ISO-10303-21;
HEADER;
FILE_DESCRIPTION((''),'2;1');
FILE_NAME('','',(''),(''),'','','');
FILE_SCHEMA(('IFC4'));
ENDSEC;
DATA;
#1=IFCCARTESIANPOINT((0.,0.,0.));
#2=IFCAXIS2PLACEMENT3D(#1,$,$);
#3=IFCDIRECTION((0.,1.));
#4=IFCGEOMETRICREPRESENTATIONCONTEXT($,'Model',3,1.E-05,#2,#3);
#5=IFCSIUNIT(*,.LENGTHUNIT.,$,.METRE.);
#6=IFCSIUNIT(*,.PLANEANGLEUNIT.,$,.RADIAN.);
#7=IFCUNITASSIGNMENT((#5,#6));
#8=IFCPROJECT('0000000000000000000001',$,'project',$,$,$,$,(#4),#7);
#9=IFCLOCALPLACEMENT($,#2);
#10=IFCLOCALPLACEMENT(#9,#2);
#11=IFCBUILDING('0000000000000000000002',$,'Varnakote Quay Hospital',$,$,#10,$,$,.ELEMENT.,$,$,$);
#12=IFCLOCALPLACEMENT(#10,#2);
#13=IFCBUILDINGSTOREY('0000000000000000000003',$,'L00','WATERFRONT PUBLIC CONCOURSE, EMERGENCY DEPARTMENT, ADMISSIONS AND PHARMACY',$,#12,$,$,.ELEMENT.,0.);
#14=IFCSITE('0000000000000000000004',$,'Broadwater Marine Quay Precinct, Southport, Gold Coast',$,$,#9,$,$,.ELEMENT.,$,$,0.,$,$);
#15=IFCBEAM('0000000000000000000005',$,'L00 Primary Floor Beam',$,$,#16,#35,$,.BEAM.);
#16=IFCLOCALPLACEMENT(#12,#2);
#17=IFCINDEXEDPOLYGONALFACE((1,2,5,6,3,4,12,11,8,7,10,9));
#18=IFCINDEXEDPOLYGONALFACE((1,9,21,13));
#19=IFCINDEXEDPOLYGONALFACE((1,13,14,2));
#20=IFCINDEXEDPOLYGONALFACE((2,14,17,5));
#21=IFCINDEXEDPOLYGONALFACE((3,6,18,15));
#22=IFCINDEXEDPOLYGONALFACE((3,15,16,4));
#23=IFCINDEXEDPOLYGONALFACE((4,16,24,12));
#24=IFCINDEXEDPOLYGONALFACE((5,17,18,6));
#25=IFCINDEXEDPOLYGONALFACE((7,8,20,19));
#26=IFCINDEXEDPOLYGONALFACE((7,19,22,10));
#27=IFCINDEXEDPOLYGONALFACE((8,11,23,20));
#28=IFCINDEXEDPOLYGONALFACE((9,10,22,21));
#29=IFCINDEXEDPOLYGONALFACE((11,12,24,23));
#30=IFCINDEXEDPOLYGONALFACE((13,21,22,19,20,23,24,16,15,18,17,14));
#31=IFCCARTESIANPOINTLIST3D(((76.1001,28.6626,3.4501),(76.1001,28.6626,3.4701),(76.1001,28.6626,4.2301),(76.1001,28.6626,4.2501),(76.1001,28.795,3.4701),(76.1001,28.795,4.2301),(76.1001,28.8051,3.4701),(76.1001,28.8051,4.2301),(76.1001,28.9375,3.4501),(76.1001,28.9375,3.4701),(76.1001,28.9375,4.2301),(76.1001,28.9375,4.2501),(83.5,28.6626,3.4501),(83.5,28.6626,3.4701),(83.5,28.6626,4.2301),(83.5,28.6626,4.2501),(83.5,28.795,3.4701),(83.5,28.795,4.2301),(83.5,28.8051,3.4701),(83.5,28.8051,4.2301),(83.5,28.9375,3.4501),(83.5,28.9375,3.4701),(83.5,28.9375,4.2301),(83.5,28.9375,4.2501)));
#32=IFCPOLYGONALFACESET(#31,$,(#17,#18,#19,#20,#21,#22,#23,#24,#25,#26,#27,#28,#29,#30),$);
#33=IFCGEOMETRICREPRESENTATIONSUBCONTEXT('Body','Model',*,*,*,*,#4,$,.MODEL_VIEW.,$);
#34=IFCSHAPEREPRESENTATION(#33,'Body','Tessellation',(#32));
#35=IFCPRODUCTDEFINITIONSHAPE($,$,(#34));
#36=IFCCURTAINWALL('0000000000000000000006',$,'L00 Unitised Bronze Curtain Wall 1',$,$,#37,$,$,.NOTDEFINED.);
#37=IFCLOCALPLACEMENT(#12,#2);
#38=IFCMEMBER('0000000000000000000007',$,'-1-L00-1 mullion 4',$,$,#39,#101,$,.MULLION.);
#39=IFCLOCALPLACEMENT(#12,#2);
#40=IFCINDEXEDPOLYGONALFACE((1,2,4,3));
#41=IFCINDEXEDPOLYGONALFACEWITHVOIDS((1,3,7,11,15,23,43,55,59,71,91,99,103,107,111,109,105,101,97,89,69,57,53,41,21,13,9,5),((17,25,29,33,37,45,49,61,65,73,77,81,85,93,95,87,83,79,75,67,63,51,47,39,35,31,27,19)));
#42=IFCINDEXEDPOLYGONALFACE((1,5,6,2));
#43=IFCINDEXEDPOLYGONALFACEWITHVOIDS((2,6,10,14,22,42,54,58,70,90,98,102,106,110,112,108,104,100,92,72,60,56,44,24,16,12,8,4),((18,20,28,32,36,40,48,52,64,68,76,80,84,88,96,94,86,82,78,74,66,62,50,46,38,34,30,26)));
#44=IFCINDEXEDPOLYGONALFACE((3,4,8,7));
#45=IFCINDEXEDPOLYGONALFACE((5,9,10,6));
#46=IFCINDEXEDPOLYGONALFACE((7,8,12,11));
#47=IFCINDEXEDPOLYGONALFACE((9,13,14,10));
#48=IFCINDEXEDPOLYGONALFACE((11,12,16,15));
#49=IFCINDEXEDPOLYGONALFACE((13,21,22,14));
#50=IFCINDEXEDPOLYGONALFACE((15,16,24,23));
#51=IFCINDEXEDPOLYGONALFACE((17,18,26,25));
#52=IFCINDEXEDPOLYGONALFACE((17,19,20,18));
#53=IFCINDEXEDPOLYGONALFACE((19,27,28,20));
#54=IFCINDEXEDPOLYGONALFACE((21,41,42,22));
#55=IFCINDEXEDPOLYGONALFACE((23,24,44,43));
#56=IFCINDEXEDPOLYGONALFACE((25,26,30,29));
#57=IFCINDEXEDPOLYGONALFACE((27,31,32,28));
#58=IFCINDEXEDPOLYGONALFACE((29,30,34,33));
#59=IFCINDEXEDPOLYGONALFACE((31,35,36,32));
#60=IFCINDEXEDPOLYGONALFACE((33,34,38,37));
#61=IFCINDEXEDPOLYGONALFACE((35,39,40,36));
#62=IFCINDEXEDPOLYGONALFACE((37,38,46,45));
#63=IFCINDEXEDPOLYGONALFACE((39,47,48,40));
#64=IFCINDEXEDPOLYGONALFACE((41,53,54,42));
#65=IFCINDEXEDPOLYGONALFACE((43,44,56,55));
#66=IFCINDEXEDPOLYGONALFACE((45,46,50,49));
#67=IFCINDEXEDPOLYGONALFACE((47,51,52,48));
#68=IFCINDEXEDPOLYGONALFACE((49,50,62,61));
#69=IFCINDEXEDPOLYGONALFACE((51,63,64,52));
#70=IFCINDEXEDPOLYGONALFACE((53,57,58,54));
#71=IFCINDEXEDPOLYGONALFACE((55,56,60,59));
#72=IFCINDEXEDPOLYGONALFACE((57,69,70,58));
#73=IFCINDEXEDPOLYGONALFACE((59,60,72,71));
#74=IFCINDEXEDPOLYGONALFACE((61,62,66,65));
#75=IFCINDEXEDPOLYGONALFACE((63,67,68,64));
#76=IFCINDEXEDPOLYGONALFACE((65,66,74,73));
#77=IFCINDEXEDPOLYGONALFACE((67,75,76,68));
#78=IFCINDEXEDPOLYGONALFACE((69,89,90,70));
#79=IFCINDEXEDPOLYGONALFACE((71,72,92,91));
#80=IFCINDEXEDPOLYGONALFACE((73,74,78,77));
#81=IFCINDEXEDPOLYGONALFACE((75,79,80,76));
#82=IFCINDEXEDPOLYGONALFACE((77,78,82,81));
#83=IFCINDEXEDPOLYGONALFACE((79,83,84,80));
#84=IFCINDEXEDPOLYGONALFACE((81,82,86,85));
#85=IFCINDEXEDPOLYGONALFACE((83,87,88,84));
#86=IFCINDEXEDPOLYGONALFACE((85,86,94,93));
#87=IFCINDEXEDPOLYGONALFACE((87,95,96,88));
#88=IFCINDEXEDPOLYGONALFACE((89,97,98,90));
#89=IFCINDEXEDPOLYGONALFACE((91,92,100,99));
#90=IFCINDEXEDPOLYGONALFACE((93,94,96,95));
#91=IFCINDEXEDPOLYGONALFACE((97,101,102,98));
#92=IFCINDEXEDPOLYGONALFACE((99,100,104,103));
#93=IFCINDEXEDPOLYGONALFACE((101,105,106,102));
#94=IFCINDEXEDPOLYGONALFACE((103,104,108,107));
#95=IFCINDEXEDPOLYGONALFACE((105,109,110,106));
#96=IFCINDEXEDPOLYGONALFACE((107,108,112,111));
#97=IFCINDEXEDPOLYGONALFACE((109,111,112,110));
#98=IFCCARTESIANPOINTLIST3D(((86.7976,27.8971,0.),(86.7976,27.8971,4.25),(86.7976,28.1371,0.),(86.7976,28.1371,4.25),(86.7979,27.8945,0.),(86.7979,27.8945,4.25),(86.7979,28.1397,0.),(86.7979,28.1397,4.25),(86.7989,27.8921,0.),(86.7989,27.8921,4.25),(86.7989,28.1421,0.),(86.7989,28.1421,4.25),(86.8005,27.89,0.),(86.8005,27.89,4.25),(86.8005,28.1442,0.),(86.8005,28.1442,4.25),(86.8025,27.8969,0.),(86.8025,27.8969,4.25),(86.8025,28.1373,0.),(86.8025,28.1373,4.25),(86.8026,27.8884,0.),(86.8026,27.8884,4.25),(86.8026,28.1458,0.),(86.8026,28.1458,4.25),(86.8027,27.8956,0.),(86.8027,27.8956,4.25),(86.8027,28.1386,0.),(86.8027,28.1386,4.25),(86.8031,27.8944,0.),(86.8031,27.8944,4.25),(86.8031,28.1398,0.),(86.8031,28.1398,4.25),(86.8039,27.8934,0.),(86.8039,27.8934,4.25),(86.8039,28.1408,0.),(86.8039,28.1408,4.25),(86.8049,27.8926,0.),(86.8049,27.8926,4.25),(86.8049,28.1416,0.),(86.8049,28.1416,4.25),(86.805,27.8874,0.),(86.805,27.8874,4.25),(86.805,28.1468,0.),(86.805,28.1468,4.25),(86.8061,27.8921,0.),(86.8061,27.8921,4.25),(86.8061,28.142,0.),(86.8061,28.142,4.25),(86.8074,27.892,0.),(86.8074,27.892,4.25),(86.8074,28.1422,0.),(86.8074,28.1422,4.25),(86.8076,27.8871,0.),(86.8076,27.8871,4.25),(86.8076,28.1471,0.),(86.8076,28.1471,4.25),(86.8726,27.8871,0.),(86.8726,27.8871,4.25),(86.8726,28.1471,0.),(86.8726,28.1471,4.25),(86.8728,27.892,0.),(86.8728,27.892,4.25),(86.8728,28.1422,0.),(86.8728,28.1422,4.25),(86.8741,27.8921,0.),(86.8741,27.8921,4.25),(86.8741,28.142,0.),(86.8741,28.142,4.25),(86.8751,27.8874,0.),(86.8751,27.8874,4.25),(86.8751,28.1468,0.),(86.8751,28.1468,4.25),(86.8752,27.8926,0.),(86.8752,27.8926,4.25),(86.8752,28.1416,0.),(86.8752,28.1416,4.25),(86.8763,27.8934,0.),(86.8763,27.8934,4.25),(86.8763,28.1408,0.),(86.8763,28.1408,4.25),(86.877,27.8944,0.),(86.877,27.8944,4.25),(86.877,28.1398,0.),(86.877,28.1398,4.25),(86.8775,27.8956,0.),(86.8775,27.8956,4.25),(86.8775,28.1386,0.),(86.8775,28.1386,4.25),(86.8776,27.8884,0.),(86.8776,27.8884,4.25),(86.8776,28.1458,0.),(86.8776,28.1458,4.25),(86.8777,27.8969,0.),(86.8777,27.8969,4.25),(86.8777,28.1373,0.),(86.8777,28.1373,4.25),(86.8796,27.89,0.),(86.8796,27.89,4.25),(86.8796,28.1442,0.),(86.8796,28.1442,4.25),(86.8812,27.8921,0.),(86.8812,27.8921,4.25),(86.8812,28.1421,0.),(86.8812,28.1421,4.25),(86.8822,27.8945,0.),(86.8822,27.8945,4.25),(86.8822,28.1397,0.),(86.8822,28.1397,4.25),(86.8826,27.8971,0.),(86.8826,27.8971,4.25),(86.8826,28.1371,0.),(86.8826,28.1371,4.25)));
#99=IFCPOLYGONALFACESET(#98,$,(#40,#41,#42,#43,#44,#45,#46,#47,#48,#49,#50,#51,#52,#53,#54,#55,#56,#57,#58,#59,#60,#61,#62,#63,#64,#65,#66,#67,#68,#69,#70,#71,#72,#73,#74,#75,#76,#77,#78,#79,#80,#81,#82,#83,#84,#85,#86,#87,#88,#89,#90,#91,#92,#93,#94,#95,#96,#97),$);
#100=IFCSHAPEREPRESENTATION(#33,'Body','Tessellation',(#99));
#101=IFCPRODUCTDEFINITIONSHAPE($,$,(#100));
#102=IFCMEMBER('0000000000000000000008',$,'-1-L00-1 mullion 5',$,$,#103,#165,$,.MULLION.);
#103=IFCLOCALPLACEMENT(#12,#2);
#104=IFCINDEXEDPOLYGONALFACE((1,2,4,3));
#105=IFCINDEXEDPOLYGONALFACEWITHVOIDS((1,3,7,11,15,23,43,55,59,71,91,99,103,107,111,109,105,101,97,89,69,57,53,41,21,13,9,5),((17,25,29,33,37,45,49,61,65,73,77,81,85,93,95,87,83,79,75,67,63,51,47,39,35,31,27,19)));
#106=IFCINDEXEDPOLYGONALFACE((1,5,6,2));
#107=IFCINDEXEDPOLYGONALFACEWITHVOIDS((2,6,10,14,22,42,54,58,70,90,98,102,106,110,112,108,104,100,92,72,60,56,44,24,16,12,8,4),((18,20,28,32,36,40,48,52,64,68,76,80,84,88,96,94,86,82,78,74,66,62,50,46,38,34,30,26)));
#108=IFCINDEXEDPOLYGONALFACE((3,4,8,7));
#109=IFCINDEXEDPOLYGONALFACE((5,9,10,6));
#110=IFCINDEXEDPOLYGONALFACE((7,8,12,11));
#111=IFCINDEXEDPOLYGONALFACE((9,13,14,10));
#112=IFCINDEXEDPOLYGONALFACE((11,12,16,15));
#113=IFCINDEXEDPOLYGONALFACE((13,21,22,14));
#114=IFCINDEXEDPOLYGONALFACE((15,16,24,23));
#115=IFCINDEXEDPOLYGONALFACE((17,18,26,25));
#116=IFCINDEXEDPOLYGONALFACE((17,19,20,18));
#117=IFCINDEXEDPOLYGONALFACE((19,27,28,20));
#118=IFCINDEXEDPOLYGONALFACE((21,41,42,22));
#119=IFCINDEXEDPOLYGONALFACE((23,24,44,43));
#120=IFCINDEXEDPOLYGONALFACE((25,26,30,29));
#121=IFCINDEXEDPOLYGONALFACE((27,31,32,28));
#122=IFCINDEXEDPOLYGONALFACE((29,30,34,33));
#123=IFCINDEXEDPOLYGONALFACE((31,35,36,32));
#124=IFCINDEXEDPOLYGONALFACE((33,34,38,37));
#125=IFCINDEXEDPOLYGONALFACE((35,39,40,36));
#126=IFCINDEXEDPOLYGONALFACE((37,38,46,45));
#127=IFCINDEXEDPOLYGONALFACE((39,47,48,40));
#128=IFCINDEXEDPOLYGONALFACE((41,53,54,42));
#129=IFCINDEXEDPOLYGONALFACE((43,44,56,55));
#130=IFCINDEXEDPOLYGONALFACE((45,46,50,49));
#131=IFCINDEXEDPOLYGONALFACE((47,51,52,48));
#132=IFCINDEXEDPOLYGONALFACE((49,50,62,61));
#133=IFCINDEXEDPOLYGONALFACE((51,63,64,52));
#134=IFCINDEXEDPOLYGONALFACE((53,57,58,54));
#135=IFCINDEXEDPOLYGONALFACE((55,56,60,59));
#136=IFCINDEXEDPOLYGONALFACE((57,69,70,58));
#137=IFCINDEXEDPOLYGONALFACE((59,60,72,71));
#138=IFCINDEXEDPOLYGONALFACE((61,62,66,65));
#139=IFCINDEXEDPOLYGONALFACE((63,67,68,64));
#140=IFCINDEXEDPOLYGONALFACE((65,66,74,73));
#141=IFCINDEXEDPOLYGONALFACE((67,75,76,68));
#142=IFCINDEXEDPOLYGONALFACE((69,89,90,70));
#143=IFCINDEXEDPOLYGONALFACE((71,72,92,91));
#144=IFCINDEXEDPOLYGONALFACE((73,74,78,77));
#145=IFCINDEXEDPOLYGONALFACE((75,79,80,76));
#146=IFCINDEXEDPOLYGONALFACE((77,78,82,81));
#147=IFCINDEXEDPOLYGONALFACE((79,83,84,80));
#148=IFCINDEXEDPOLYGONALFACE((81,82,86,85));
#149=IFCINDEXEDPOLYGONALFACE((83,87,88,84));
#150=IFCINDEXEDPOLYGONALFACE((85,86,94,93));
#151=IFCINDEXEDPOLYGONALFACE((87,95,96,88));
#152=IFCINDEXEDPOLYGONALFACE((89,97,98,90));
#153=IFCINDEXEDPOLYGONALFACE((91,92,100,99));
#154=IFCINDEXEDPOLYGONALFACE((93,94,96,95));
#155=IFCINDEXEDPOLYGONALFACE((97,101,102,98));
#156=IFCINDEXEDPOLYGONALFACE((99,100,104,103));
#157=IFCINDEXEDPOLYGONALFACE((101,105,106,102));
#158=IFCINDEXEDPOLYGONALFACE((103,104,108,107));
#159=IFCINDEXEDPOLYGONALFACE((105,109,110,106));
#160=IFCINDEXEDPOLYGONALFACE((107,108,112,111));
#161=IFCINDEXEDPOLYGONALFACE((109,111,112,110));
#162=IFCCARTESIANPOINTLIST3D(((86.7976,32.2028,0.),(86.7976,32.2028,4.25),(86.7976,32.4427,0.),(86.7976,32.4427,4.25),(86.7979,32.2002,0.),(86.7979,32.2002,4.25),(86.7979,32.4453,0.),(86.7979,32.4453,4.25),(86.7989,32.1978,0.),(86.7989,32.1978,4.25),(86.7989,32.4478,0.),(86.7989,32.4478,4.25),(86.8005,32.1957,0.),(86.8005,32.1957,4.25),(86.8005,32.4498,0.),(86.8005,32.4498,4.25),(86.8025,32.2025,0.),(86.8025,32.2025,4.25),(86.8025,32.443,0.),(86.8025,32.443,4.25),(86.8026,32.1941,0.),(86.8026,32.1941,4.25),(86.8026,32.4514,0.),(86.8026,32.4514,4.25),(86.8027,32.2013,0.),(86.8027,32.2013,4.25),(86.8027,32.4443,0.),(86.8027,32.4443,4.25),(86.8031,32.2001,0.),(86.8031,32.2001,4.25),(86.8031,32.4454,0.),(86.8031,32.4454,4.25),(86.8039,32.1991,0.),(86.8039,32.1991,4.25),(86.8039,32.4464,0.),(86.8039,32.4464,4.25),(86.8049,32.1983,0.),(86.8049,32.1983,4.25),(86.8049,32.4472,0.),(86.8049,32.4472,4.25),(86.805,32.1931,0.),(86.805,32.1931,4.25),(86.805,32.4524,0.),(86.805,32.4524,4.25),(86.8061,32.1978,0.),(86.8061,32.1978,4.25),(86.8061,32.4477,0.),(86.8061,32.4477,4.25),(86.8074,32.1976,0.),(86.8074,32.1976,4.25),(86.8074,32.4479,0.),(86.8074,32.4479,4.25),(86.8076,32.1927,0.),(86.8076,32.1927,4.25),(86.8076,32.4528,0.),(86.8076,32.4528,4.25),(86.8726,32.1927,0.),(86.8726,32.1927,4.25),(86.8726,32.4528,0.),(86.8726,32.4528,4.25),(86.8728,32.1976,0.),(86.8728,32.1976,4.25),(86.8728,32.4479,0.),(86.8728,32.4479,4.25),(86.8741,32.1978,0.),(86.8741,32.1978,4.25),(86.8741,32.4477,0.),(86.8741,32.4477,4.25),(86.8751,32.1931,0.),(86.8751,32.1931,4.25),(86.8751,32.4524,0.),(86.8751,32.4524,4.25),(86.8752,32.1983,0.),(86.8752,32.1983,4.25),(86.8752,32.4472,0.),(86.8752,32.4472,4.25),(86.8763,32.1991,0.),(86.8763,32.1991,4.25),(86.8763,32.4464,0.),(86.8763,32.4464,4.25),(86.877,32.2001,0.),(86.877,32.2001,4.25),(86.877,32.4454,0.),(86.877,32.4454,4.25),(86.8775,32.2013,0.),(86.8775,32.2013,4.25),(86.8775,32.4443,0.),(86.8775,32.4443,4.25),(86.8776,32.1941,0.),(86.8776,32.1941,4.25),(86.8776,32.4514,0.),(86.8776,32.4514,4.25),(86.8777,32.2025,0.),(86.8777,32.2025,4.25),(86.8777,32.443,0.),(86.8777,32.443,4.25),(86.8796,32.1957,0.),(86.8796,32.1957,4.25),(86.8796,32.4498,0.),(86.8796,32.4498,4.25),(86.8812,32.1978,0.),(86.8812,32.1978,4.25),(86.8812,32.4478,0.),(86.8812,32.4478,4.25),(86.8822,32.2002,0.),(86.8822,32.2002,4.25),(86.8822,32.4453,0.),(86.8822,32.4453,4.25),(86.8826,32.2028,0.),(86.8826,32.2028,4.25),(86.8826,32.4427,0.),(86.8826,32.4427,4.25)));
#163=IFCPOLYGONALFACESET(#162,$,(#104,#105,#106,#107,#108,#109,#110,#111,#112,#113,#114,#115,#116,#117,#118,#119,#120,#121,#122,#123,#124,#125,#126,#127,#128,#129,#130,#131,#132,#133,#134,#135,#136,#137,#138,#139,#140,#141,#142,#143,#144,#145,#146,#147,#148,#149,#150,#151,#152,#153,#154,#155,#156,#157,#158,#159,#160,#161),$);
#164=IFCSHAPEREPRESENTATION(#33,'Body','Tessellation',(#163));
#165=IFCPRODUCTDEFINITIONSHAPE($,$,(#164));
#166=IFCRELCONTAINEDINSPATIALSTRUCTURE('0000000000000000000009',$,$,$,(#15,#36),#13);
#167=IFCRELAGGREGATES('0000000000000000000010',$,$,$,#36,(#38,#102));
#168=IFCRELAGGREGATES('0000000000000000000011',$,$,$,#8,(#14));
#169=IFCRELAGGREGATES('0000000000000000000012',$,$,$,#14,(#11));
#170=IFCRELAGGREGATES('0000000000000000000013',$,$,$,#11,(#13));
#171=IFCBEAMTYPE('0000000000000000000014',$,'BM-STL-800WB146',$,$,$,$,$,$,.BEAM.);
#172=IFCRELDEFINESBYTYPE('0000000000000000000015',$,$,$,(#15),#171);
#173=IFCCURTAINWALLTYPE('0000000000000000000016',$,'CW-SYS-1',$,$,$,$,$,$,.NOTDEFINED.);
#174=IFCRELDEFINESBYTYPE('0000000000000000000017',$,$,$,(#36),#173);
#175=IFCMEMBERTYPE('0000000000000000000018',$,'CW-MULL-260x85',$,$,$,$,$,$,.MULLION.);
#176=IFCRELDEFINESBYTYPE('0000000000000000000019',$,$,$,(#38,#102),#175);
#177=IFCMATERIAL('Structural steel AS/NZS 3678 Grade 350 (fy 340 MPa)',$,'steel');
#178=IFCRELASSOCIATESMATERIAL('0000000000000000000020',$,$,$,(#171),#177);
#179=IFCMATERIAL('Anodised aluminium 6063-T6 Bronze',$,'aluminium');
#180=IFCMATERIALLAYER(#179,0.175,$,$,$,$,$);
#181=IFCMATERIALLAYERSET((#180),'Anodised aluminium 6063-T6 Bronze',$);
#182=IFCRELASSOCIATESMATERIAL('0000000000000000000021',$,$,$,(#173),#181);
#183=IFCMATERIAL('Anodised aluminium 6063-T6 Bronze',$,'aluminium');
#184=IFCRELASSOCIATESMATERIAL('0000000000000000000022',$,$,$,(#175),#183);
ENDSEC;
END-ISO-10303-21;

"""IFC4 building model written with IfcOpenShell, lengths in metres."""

from ifc_helpers import new_model, si_unit, direction, frame, origin, origin_2d, place, context, subcontext, project, spatial, hollow_rectangle, i_section, extrude, material, layer, layer_set, material_profile, profile_set, type_object, element, aggregate, save


model = new_model("IFC4")

# Units and contexts
model_context = context("Model", 3, precision=1e-05, world=origin(), true_north=direction((0.0, 1.0)))
body_context = subcontext(model_context, "Body", "Model", "MODEL_VIEW")
ifc_project = project(units=[si_unit("LENGTHUNIT", "METRE"), si_unit("PLANEANGLEUNIT", "RADIAN")], contexts=[model_context])

# Site, building, storey
site_placement = place(None, origin())
site = spatial("IfcSite", under=ifc_project, at=site_placement, Name="Broadwater Marine Quay Precinct, Southport, Gold Coast", CompositionType="ELEMENT", RefElevation=0.0)
building_placement = place(site_placement, origin())
building = spatial("IfcBuilding", under=site, at=building_placement, Name="Varnakote Quay Hospital", CompositionType="ELEMENT")
storey_placement = place(building_placement, origin())
storey = spatial("IfcBuildingStorey", under=building, at=storey_placement, Name="L00", Description="WATERFRONT PUBLIC CONCOURSE, EMERGENCY DEPARTMENT, ADMISSIONS AND PHARMACY", CompositionType="ELEMENT", Elevation=0.0)

# Beam
ifc_material_1 = material(Name="Structural steel AS/NZS 3678 Grade 350 (fy 340 MPa)", Category="steel")
ifc_material_profile_1 = material_profile(ifc_material_1, i_section(OverallWidth=0.2749, OverallDepth=0.8, WebThickness=0.01, FlangeThickness=0.02, at=origin_2d()), Name="800WB146")
ifc_profile_set_1 = profile_set([ifc_material_profile_1], Name="Structural steel AS/NZS 3678 Grade 350 (fy 340 MPa)")
beam_type_1 = type_object("IfcBeamType", Name="BM-STL-800WB146", PredefinedType="BEAM", material=ifc_profile_set_1)
beam_placement = place(storey_placement, frame((76.1001, 28.8, 3.8501), z_axis=(1.0, 0.0, 0.0), x_axis=(0.0, 1.0, 0.0)))
element("IfcBeam", 1, at=beam_placement, inside=storey, type_object=beam_type_1, Name="L00 Primary Floor Beam", PredefinedType="BEAM", context=body_context, shape_type="SweptSolid", body=[
    extrude(i_section(OverallWidth=0.2749, OverallDepth=0.8, WebThickness=0.01, FlangeThickness=0.02, at=origin_2d()), origin(), (0.0, 0.0, 1.0), 7.3999),
])

# Curtain wall, members
ifc_material_2 = material(Name="Anodised aluminium 6063-T6 Bronze", Category="aluminium")
ifc_layer_1 = layer(ifc_material_2, 0.175)
ifc_layer_set_1 = layer_set([ifc_layer_1], Name="Anodised aluminium 6063-T6 Bronze")
curtain_wall_type = type_object("IfcCurtainWallType", Name="CW-SYS-1", PredefinedType="NOTDEFINED", material=ifc_layer_set_1)
curtain_wall_placement = place(storey_placement, origin())
curtain_wall = element("IfcCurtainWall", 2, at=curtain_wall_placement, inside=storey, type_object=curtain_wall_type, Name="L00 Unitised Bronze Curtain Wall 1", PredefinedType="NOTDEFINED")
ifc_material_3 = material(Name="Anodised aluminium 6063-T6 Bronze", Category="aluminium")
ifc_material_profile_2 = material_profile(ifc_material_3, hollow_rectangle(XDim=0.085, YDim=0.26, WallThickness=0.0049, InnerFilletRadius=0.0049, OuterFilletRadius=0.01, at=origin_2d()), Name="CW-MULL-260x85")
ifc_profile_set_2 = profile_set([ifc_material_profile_2], Name="Anodised aluminium 6063-T6 Bronze")
member_type_1 = type_object("IfcMemberType", Name="CW-MULL-260x85", PredefinedType="MULLION", material=ifc_profile_set_2)
member_1_placement = place(storey_placement, frame((86.8401, 28.0171, 0.0), z_axis=(0.0, 0.0, 1.0), x_axis=(-1.0, 0.0, 0.0)))
member_1 = element("IfcMember", 3, at=member_1_placement, type_object=member_type_1, Name="-1-L00-1 mullion 4", PredefinedType="MULLION", context=body_context, shape_type="SweptSolid", body=[
    extrude(hollow_rectangle(XDim=0.085, YDim=0.26, WallThickness=0.0049, InnerFilletRadius=0.0049, OuterFilletRadius=0.01, at=origin_2d()), origin(), (0.0, 0.0, 1.0), 4.25),
])
member_2_placement = place(storey_placement, frame((86.8401, 32.3228, 0.0), z_axis=(0.0, 0.0, 1.0), x_axis=(-1.0, 0.0, 0.0)))
member_2 = element("IfcMember", 4, at=member_2_placement, type_object=member_type_1, Name="-1-L00-1 mullion 5", PredefinedType="MULLION", context=body_context, shape_type="SweptSolid", body=[
    extrude(hollow_rectangle(XDim=0.085, YDim=0.26, WallThickness=0.0049, InnerFilletRadius=0.0049, OuterFilletRadius=0.01, at=origin_2d()), origin(), (0.0, 0.0, 1.0), 4.25),
])

aggregate(curtain_wall, [member_1, member_2])

save(model, "model.ifc")
